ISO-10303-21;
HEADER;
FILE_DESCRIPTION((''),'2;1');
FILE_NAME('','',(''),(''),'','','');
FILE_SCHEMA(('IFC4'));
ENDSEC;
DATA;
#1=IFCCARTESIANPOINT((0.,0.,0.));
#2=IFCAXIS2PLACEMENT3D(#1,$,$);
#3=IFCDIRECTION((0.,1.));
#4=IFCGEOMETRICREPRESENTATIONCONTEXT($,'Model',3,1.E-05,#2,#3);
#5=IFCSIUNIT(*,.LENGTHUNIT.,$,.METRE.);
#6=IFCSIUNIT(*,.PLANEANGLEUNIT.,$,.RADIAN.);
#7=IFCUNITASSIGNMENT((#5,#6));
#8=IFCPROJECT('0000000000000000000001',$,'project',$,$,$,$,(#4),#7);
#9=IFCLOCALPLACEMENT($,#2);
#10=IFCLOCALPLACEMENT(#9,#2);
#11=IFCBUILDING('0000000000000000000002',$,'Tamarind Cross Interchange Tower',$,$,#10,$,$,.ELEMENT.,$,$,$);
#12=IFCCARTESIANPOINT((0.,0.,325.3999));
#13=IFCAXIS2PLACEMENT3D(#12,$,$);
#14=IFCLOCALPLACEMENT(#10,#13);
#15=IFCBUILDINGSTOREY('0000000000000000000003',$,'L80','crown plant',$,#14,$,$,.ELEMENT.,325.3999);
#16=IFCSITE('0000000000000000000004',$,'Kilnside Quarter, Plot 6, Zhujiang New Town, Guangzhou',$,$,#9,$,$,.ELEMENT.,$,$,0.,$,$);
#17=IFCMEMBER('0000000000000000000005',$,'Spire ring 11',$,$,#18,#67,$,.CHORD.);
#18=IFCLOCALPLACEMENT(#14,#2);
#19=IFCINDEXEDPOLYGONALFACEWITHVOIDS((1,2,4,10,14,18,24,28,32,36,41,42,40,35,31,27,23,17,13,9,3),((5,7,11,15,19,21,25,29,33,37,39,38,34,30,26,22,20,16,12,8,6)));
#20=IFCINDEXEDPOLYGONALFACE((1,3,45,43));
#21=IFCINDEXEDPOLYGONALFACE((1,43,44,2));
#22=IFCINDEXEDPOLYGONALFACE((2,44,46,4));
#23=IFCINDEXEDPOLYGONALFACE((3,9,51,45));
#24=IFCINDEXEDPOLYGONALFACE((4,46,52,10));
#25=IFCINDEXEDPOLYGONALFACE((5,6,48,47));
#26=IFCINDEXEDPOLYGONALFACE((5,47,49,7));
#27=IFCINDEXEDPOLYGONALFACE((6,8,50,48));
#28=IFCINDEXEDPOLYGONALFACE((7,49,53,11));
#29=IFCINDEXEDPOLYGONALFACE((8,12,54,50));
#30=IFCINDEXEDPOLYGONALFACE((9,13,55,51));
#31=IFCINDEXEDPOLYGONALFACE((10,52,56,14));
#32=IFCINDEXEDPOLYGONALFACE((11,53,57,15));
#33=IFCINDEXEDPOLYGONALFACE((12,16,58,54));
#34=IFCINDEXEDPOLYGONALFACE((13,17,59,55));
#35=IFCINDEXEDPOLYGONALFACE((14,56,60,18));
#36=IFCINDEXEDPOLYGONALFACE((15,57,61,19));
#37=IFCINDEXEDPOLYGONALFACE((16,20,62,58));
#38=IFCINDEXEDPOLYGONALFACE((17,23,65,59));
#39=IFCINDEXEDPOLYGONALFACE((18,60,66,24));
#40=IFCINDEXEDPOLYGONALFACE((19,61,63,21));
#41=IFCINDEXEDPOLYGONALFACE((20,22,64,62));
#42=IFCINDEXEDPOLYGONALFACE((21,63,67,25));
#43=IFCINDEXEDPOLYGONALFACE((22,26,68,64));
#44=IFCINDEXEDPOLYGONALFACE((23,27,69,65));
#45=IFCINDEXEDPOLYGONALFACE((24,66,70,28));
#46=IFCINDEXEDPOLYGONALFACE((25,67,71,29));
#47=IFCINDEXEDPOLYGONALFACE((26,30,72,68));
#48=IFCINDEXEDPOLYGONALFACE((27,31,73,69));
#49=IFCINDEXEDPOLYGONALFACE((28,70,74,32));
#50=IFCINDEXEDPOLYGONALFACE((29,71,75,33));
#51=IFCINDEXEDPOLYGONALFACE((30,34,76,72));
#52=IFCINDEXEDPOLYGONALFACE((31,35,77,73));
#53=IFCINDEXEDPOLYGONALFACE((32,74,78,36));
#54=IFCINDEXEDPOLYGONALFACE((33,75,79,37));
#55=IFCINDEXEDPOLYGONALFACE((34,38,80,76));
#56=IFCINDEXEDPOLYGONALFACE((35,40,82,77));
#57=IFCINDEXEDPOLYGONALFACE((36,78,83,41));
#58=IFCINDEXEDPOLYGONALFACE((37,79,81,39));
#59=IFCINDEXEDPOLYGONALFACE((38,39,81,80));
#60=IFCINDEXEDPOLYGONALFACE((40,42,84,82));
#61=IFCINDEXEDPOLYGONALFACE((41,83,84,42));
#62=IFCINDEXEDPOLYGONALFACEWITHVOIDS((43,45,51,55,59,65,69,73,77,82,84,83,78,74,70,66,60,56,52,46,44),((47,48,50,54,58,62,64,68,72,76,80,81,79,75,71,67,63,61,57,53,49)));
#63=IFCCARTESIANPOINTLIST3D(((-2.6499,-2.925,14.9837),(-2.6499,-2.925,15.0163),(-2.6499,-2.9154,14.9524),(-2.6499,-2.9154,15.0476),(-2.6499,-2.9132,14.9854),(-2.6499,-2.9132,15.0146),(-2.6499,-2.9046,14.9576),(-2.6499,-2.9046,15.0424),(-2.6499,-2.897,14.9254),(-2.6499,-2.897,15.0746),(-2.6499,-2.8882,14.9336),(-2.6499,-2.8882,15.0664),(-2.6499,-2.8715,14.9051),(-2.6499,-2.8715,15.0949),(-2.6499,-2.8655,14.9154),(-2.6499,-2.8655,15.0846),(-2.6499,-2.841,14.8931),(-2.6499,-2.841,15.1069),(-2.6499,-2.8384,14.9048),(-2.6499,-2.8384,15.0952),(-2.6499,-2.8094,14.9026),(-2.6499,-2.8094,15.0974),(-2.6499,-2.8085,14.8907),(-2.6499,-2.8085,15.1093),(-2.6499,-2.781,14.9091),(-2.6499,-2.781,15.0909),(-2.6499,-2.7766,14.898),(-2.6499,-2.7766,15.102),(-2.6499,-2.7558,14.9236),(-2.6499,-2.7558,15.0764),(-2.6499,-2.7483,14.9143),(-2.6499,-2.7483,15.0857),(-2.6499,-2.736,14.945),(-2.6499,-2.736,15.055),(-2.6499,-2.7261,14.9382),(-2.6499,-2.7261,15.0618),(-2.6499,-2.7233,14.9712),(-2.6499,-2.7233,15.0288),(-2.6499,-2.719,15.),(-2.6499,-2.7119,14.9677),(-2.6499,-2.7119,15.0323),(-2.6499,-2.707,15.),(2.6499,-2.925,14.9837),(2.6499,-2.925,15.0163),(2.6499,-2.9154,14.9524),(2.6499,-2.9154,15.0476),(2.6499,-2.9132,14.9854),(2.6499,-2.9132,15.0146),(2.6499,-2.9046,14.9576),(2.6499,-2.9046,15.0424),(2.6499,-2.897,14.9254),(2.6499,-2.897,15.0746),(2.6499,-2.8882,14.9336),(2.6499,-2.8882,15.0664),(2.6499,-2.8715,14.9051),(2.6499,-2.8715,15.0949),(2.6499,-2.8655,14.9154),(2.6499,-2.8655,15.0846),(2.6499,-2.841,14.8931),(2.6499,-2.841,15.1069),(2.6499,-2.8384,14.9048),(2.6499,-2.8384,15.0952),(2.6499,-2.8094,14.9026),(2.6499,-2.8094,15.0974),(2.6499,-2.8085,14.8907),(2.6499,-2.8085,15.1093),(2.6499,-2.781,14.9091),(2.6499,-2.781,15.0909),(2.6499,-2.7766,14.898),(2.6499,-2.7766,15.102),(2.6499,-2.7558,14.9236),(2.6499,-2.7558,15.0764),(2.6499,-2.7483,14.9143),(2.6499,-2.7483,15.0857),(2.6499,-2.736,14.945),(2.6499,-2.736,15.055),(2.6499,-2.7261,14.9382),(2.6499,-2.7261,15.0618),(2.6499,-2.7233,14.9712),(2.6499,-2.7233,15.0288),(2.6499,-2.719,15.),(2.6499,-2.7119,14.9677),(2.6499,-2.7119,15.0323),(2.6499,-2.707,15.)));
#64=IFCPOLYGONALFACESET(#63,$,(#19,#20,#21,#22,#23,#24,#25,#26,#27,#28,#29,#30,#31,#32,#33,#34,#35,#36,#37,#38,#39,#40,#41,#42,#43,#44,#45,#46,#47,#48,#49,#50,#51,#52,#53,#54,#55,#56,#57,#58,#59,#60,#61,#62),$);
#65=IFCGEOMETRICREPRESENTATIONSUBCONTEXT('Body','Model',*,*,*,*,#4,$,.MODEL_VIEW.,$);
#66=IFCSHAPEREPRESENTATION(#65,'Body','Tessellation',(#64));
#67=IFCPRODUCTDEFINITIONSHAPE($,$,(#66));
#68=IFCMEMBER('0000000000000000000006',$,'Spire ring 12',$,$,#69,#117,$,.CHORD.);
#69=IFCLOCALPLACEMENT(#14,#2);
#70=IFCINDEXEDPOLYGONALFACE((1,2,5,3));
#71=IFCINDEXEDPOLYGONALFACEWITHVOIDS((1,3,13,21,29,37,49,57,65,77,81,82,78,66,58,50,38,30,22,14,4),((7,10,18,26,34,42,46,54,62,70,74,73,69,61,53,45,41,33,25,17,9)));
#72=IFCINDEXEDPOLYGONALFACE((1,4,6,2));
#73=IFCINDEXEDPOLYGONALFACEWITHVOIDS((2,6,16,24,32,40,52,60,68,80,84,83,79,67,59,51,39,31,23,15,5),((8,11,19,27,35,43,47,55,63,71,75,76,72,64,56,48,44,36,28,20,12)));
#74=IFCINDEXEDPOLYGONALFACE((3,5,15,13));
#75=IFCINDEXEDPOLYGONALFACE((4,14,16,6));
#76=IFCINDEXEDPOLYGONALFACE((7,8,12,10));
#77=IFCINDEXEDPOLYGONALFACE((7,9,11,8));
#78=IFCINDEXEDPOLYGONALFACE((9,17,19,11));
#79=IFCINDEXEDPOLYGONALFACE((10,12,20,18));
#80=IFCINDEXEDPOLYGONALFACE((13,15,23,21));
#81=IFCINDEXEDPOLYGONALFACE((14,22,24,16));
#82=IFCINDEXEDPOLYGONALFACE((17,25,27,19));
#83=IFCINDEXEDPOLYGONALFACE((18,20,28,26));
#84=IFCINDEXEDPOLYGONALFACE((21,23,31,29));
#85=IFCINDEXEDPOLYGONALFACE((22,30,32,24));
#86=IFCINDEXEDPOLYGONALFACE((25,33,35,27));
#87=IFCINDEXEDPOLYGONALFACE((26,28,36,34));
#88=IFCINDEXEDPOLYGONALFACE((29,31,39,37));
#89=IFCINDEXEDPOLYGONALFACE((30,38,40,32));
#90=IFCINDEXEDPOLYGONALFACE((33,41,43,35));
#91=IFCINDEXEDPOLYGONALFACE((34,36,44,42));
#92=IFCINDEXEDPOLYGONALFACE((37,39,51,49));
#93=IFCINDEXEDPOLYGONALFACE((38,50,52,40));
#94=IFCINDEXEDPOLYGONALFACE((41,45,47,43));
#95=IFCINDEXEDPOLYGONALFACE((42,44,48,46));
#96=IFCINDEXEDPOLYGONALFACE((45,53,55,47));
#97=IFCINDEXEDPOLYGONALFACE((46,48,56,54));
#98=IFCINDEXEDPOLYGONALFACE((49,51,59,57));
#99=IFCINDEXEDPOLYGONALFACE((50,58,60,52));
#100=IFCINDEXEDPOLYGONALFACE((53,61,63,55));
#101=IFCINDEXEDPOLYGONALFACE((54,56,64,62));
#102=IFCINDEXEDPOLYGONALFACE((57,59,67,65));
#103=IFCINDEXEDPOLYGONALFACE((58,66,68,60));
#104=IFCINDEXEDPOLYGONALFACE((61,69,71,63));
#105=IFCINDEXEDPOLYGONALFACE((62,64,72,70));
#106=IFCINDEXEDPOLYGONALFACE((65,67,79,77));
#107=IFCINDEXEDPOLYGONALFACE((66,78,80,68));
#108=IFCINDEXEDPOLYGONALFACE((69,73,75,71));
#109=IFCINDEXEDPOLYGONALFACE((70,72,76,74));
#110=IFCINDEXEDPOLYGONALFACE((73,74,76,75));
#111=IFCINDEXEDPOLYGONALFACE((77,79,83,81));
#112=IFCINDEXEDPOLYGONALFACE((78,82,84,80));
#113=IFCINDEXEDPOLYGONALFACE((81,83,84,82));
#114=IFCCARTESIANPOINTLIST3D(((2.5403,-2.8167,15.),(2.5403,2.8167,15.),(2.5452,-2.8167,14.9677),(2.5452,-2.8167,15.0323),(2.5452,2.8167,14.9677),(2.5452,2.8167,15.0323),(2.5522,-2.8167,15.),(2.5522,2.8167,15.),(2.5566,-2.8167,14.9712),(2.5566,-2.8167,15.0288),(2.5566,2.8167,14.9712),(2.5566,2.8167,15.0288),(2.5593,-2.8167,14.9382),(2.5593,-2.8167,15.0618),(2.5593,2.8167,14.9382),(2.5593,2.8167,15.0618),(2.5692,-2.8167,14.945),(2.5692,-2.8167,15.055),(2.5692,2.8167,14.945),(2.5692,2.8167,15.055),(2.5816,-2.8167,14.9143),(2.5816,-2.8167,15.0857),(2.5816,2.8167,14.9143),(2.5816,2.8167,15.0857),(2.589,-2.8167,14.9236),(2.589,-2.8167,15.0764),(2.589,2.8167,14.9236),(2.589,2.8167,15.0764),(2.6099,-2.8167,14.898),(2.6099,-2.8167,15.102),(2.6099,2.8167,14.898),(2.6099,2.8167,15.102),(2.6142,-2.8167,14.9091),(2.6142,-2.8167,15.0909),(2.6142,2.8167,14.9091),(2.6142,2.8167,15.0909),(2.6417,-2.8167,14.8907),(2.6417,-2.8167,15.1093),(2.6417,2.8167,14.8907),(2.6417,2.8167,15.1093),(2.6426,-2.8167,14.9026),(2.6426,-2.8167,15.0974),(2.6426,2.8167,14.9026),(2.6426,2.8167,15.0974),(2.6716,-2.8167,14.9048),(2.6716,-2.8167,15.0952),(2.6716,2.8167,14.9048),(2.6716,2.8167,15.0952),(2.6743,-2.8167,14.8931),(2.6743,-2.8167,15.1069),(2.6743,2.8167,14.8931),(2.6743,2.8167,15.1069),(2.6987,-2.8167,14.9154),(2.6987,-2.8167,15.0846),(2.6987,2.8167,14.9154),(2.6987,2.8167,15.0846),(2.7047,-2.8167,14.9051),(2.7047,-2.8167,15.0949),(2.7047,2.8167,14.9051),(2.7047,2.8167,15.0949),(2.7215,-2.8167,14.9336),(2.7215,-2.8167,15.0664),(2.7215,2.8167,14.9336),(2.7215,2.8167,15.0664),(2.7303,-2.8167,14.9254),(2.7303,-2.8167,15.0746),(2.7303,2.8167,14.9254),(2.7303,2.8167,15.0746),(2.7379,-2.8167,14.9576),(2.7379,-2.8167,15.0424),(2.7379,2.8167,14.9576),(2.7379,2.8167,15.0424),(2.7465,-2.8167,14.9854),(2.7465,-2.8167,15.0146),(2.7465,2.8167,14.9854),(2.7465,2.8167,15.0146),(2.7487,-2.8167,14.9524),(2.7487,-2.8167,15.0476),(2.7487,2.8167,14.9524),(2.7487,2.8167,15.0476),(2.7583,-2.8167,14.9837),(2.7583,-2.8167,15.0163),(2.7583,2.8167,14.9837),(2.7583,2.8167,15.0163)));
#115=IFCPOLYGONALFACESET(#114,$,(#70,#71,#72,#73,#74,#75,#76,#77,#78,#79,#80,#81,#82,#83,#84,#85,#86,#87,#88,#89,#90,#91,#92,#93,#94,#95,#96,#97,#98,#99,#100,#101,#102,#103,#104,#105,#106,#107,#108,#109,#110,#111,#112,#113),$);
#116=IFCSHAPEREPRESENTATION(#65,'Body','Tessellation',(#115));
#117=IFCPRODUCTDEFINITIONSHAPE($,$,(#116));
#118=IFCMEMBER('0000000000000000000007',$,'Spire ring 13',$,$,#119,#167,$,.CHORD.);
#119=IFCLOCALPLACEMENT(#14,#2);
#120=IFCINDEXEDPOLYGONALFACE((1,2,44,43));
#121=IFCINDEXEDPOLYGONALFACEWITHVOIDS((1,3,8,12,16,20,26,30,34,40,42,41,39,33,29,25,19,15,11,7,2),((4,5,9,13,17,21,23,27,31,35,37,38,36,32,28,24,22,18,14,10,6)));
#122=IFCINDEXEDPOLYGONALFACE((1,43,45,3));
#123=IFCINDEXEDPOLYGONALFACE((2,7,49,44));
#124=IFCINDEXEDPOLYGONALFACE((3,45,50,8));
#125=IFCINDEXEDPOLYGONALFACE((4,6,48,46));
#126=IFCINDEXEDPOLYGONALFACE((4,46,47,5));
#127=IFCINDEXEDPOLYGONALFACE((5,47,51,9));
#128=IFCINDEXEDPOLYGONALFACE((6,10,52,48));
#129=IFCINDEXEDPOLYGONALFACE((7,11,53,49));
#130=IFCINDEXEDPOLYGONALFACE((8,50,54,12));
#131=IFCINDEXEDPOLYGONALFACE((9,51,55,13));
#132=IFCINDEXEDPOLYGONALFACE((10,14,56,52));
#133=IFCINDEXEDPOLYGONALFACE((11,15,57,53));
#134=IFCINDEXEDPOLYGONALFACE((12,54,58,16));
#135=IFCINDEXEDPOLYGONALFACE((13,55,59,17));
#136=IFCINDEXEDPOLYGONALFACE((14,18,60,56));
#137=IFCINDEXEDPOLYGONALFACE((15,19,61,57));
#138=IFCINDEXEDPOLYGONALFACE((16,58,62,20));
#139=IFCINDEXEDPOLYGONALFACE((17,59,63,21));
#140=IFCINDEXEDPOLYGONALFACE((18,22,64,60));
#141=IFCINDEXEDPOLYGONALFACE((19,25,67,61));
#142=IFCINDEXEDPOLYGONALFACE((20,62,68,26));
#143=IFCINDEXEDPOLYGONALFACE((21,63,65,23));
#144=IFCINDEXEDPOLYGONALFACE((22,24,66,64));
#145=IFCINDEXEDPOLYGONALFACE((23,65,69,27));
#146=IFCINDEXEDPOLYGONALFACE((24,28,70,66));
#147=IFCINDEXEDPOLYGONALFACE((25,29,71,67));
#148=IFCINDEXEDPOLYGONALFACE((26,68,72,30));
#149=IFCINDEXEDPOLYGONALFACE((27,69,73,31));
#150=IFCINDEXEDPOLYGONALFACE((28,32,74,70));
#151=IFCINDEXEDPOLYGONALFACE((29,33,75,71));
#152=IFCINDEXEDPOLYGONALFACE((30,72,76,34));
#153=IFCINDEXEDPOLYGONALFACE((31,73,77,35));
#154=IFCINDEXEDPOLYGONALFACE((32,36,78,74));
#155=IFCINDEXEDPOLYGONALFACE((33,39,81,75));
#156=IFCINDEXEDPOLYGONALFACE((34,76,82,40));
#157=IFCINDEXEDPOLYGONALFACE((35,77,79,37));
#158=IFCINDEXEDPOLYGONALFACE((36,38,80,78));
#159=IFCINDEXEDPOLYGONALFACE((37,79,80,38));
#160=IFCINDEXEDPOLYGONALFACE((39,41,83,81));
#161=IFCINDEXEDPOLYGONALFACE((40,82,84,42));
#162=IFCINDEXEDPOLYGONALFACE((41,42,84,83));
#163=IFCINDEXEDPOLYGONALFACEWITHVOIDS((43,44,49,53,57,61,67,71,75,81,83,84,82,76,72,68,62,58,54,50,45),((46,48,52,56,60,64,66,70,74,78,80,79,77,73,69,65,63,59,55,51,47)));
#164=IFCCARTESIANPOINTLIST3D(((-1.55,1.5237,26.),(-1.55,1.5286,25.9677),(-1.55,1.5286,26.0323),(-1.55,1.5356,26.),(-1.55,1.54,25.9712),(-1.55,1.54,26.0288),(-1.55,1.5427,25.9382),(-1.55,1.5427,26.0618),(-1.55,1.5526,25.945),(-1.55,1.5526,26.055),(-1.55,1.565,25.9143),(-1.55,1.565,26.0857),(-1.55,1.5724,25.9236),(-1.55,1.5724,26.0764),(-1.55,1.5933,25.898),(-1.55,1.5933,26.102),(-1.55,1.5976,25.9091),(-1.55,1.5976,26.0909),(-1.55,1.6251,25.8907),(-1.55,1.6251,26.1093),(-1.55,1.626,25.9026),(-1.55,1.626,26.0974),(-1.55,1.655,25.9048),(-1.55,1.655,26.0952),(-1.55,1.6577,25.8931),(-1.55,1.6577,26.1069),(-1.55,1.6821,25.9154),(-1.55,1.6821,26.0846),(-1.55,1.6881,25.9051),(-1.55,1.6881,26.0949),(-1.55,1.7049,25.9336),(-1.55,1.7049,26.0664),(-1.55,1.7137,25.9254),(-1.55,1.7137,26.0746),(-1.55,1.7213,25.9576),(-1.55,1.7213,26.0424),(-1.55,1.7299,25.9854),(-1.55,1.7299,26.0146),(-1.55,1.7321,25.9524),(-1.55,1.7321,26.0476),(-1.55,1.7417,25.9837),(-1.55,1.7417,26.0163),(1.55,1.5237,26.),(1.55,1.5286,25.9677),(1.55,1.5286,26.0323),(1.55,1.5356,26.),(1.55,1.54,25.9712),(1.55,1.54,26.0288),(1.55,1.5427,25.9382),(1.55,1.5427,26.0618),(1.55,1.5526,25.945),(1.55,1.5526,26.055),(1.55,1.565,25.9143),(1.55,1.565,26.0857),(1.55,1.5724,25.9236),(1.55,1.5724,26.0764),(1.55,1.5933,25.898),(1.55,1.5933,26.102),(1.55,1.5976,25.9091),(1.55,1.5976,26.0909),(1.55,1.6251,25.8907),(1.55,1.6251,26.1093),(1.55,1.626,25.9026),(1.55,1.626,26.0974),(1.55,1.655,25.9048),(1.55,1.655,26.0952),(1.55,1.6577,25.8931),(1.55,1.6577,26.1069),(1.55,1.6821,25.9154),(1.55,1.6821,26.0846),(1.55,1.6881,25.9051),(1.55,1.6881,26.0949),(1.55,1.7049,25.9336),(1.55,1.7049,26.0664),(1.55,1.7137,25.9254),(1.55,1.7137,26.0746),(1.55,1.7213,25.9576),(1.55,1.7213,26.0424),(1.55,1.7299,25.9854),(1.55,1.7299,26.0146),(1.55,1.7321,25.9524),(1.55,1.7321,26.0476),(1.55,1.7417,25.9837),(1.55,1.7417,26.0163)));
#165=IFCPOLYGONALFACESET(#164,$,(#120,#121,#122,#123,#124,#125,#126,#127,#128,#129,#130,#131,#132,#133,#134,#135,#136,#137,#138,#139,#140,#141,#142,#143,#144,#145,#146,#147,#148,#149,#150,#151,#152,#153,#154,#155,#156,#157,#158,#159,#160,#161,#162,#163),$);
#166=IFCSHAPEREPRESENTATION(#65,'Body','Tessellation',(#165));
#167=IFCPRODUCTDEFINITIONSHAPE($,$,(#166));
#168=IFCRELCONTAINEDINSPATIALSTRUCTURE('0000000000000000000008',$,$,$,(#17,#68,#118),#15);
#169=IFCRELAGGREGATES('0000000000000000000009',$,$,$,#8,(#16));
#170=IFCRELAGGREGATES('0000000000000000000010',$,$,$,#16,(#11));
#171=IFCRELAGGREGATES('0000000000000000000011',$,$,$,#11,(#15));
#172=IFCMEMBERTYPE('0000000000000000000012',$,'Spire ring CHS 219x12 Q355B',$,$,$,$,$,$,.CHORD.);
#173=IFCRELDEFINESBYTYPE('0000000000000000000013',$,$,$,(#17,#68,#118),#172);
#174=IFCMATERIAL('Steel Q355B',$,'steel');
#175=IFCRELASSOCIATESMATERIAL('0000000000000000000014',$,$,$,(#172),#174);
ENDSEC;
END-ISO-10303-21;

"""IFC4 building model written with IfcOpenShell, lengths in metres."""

from ifc_helpers import new_model, si_unit, direction, frame, origin, origin_2d, place, context, subcontext, project, spatial, hollow_circle, extrude, material, material_profile, profile_set, type_object, element, save


model = new_model("IFC4")

# Units and contexts
model_context = context("Model", 3, precision=1e-05, world=origin(), true_north=direction((0.0, 1.0)))
body_context = subcontext(model_context, "Body", "Model", "MODEL_VIEW")
ifc_project = project(units=[si_unit("LENGTHUNIT", "METRE"), si_unit("PLANEANGLEUNIT", "RADIAN")], contexts=[model_context])

# Site, building, storey
site_placement = place(None, origin())
site = spatial("IfcSite", under=ifc_project, at=site_placement, Name="Kilnside Quarter, Plot 6, Zhujiang New Town, Guangzhou", CompositionType="ELEMENT", RefElevation=0.0)
building_placement = place(site_placement, origin())
building = spatial("IfcBuilding", under=site, at=building_placement, Name="Tamarind Cross Interchange Tower", CompositionType="ELEMENT")
storey_placement = place(building_placement, frame((0.0, 0.0, 325.3999)))
storey = spatial("IfcBuildingStorey", under=building, at=storey_placement, Name="L80", Description="crown plant", CompositionType="ELEMENT", Elevation=325.3999)

# Members
ifc_material_1 = material(Name="Steel Q355B", Category="steel")
ifc_material_profile_1 = material_profile(ifc_material_1, hollow_circle(Radius=0.1096, WallThickness=0.012, at=origin_2d()), Name="CHS 219x12")
ifc_profile_set_1 = profile_set([ifc_material_profile_1], Name="Steel Q355B")
member_type_1 = type_object("IfcMemberType", Name="Spire ring CHS 219x12 Q355B", PredefinedType="CHORD", material=ifc_profile_set_1)
member_1_placement = place(storey_placement, frame((-2.6499, -2.8167, 15.0), z_axis=(1.0, 0.0, 0.0), x_axis=(0.0, 1.0, 0.0)))
element("IfcMember", 1, at=member_1_placement, inside=storey, type_object=member_type_1, Name="Spire ring 11", PredefinedType="CHORD", context=body_context, shape_type="SweptSolid", body=[
    extrude(hollow_circle(Radius=0.1096, WallThickness=0.012, at=origin_2d()), origin(), (0.0, 0.0, 1.0), 5.2998),
])
member_2_placement = place(storey_placement, frame((2.6499, -2.8167, 15.0), z_axis=(0.0, 1.0, 0.0), x_axis=(-1.0, 0.0, 0.0)))
element("IfcMember", 2, at=member_2_placement, inside=storey, type_object=member_type_1, Name="Spire ring 12", PredefinedType="CHORD", context=body_context, shape_type="SweptSolid", body=[
    extrude(hollow_circle(Radius=0.1096, WallThickness=0.012, at=origin_2d()), origin(), (0.0, 0.0, 1.0), 5.6333),
])
member_3_placement = place(storey_placement, frame((1.55, 1.6333, 26.0), z_axis=(-1.0, 0.0, 0.0), x_axis=(0.0, -1.0, 0.0)))
element("IfcMember", 3, at=member_3_placement, inside=storey, type_object=member_type_1, Name="Spire ring 13", PredefinedType="CHORD", context=body_context, shape_type="SweptSolid", body=[
    extrude(hollow_circle(Radius=0.1096, WallThickness=0.012, at=origin_2d()), origin(), (0.0, 0.0, 1.0), 3.1001),
])

save(model, "model.ifc")
